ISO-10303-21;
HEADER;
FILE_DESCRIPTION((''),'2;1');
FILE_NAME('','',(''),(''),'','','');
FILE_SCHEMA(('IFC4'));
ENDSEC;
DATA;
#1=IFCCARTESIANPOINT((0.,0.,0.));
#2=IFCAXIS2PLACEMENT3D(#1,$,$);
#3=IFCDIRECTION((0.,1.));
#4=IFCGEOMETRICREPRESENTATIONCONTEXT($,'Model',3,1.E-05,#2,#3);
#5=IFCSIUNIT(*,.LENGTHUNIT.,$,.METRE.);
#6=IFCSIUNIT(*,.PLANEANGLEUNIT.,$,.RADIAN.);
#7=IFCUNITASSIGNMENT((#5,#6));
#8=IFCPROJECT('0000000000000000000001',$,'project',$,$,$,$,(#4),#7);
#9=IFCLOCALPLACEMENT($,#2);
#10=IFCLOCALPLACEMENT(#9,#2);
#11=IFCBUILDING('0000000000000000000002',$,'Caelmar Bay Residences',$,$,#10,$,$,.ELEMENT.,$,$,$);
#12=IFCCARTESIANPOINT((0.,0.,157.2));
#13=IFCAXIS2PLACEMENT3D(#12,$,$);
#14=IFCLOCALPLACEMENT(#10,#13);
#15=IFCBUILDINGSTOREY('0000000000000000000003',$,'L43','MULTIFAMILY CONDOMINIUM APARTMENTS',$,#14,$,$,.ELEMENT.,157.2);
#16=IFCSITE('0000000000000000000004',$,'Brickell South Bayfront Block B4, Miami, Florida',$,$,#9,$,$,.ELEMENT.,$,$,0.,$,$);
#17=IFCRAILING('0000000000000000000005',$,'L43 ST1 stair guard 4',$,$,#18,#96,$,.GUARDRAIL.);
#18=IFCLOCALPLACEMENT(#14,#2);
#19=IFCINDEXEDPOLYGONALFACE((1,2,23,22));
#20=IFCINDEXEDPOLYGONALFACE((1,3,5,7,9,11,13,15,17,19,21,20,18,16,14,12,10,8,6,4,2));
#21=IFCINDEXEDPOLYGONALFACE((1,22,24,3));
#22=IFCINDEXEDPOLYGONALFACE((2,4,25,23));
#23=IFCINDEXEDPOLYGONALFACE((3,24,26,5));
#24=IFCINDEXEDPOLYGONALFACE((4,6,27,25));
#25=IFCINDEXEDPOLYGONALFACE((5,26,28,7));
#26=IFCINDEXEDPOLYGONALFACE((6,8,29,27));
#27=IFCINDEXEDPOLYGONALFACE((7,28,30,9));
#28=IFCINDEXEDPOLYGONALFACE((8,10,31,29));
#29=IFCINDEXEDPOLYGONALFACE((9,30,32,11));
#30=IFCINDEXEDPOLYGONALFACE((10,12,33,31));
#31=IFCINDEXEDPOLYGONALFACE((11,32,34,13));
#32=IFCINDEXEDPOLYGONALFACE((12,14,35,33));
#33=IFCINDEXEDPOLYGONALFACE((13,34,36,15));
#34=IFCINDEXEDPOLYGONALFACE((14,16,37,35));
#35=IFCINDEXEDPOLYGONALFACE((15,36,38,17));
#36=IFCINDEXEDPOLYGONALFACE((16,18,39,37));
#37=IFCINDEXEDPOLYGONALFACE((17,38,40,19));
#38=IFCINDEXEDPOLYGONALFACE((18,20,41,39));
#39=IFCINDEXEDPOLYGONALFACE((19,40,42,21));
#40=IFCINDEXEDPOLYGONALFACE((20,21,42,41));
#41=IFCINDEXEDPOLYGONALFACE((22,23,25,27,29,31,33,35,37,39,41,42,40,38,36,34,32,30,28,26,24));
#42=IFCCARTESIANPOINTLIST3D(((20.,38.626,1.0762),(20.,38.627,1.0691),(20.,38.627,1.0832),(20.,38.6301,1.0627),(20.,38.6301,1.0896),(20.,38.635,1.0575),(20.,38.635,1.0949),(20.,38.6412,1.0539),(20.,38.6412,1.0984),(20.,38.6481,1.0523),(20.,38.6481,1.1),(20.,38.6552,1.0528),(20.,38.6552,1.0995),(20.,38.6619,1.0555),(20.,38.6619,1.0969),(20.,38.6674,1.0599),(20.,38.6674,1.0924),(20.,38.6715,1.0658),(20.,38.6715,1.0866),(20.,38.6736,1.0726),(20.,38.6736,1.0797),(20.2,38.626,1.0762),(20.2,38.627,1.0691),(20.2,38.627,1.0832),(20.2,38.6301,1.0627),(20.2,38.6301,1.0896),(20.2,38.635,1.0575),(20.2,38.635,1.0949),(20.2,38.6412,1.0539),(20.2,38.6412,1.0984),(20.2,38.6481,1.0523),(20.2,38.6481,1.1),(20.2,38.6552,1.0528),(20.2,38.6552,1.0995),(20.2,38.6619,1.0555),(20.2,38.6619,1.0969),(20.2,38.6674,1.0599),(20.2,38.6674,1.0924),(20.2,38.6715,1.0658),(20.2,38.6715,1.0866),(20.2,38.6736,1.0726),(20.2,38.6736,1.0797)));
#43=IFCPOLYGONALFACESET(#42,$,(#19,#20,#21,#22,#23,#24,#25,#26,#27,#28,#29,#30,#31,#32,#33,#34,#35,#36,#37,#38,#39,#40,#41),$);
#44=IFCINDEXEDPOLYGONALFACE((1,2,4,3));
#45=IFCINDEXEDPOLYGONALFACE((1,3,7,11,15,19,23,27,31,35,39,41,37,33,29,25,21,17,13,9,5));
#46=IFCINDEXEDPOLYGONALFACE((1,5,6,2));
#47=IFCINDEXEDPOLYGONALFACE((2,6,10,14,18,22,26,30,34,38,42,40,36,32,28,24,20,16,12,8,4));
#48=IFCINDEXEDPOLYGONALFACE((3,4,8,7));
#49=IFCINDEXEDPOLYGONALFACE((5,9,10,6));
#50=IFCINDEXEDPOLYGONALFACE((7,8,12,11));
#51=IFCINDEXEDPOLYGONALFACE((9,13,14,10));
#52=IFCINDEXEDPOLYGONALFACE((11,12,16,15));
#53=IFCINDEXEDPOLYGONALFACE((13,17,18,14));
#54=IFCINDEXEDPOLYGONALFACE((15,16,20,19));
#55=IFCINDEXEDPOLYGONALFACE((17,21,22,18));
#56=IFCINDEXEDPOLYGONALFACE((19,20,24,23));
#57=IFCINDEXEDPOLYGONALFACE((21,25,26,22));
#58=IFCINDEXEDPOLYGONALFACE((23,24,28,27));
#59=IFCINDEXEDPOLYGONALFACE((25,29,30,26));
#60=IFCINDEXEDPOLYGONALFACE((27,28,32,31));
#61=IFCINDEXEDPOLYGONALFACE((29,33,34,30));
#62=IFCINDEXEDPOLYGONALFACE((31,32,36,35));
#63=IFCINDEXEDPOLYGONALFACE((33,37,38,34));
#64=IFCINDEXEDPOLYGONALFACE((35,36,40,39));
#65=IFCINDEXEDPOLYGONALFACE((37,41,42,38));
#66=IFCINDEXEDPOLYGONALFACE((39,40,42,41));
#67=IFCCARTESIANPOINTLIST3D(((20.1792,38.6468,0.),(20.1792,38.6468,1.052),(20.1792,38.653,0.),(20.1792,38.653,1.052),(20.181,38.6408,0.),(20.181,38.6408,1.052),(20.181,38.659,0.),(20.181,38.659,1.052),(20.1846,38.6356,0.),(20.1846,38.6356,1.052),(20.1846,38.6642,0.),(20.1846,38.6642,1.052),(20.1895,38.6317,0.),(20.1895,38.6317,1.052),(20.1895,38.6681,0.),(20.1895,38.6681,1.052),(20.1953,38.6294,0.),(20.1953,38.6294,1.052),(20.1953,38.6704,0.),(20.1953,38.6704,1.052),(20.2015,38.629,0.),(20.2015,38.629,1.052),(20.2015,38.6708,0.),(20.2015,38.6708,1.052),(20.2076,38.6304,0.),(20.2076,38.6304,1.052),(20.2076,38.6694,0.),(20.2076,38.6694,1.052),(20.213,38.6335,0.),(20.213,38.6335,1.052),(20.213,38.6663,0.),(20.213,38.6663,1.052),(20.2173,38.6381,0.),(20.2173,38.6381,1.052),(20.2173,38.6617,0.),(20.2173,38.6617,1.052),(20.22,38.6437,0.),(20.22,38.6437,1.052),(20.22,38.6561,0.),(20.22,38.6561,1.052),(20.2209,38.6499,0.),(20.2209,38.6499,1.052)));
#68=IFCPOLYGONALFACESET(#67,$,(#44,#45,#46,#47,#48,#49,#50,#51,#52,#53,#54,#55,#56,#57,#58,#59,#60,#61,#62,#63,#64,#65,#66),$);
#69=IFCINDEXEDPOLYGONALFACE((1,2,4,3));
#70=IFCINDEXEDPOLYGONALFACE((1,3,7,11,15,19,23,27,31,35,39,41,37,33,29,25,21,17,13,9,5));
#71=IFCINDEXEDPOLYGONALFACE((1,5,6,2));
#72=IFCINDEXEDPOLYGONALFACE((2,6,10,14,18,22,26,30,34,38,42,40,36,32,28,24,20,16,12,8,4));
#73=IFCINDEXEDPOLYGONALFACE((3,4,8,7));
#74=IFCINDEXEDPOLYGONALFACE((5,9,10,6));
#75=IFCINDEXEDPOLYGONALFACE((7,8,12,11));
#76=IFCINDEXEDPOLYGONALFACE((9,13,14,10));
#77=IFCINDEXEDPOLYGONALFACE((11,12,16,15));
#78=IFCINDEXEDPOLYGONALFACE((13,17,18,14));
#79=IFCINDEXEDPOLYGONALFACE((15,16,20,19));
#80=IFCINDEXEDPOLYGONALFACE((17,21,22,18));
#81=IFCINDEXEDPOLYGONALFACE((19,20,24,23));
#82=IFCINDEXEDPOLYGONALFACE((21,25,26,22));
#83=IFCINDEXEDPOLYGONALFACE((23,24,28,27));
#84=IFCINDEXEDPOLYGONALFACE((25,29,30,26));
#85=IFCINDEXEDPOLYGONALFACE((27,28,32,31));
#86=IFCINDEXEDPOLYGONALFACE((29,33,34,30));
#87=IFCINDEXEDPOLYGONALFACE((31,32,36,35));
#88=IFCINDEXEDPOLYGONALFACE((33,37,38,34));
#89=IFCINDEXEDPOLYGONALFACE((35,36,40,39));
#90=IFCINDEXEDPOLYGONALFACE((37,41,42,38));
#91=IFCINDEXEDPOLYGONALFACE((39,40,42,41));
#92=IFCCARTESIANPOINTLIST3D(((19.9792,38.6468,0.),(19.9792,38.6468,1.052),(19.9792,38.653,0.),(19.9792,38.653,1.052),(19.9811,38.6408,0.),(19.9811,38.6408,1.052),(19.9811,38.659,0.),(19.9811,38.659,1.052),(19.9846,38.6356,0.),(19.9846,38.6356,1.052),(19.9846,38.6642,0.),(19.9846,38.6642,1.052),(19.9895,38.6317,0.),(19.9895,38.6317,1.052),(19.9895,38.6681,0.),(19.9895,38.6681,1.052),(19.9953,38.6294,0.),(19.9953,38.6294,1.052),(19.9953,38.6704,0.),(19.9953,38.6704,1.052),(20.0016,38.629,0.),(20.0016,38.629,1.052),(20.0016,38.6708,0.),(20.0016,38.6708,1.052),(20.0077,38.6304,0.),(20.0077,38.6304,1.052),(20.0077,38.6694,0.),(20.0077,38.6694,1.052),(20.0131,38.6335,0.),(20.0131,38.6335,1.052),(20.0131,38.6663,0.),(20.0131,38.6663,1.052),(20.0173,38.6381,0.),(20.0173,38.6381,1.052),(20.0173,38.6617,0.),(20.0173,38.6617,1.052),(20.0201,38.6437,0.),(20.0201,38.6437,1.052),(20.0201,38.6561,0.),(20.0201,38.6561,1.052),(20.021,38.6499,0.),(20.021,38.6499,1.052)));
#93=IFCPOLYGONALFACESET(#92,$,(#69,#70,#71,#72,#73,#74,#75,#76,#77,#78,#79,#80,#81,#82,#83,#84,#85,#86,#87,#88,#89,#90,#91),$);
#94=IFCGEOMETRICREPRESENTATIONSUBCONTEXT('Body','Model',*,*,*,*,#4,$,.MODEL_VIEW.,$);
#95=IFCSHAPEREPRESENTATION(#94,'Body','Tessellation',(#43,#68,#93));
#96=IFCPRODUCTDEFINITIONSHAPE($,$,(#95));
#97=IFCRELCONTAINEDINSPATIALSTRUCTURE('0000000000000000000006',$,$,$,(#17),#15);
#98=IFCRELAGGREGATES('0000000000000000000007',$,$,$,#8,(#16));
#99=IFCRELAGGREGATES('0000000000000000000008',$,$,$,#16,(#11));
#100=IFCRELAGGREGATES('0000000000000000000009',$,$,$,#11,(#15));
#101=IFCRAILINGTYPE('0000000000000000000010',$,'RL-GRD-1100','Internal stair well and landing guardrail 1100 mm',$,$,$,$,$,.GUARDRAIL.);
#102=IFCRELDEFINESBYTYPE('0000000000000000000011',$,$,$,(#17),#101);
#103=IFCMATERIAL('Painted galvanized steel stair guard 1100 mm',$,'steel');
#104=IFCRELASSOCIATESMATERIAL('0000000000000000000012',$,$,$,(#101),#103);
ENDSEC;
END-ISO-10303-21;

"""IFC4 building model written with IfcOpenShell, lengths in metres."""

from ifc_helpers import new_model, si_unit, direction, frame, origin, origin_2d, place, context, subcontext, project, spatial, circle, extrude, material, type_object, element, save


model = new_model("IFC4")

# Units and contexts
model_context = context("Model", 3, precision=1e-05, world=origin(), true_north=direction((0.0, 1.0)))
body_context = subcontext(model_context, "Body", "Model", "MODEL_VIEW")
ifc_project = project(units=[si_unit("LENGTHUNIT", "METRE"), si_unit("PLANEANGLEUNIT", "RADIAN")], contexts=[model_context])

# Site, building, storey
site_placement = place(None, origin())
site = spatial("IfcSite", under=ifc_project, at=site_placement, Name="Brickell South Bayfront Block B4, Miami, Florida", CompositionType="ELEMENT", RefElevation=0.0)
building_placement = place(site_placement, origin())
building = spatial("IfcBuilding", under=site, at=building_placement, Name="Caelmar Bay Residences", CompositionType="ELEMENT")
storey_placement = place(building_placement, frame((0.0, 0.0, 157.2)))
storey = spatial("IfcBuildingStorey", under=building, at=storey_placement, Name="L43", Description="MULTIFAMILY CONDOMINIUM APARTMENTS", CompositionType="ELEMENT", Elevation=157.2)

# Railing
ifc_material_1 = material(Name="Painted galvanized steel stair guard 1100 mm", Category="steel")
railing_type_1 = type_object("IfcRailingType", Name="RL-GRD-1100", Description="Internal stair well and landing guardrail 1100 mm", PredefinedType="GUARDRAIL", material=ifc_material_1)
railing_1_placement = place(storey_placement, frame((20.2, 38.6499, 0.0)))
element("IfcRailing", 1, at=railing_1_placement, inside=storey, type_object=railing_type_1, Name="L43 ST1 stair guard 4", PredefinedType="GUARDRAIL", context=body_context, shape_type="SweptSolid", body=[
    extrude(circle(Radius=0.0239, at=origin_2d()), frame((0.0, 0.0, 1.0762), z_axis=(-1.0, 0.0, 0.0), x_axis=(0.0, -1.0, 0.0)), (0.0, 0.0, 1.0), 0.2),
    extrude(circle(Radius=0.021, at=origin_2d()), origin(), (0.0, 0.0, 1.0), 1.052),
    extrude(circle(Radius=0.021, at=origin_2d()), frame((-0.2, 0.0, 0.0)), (0.0, 0.0, 1.0), 1.052),
])

save(model, "model.ifc")
